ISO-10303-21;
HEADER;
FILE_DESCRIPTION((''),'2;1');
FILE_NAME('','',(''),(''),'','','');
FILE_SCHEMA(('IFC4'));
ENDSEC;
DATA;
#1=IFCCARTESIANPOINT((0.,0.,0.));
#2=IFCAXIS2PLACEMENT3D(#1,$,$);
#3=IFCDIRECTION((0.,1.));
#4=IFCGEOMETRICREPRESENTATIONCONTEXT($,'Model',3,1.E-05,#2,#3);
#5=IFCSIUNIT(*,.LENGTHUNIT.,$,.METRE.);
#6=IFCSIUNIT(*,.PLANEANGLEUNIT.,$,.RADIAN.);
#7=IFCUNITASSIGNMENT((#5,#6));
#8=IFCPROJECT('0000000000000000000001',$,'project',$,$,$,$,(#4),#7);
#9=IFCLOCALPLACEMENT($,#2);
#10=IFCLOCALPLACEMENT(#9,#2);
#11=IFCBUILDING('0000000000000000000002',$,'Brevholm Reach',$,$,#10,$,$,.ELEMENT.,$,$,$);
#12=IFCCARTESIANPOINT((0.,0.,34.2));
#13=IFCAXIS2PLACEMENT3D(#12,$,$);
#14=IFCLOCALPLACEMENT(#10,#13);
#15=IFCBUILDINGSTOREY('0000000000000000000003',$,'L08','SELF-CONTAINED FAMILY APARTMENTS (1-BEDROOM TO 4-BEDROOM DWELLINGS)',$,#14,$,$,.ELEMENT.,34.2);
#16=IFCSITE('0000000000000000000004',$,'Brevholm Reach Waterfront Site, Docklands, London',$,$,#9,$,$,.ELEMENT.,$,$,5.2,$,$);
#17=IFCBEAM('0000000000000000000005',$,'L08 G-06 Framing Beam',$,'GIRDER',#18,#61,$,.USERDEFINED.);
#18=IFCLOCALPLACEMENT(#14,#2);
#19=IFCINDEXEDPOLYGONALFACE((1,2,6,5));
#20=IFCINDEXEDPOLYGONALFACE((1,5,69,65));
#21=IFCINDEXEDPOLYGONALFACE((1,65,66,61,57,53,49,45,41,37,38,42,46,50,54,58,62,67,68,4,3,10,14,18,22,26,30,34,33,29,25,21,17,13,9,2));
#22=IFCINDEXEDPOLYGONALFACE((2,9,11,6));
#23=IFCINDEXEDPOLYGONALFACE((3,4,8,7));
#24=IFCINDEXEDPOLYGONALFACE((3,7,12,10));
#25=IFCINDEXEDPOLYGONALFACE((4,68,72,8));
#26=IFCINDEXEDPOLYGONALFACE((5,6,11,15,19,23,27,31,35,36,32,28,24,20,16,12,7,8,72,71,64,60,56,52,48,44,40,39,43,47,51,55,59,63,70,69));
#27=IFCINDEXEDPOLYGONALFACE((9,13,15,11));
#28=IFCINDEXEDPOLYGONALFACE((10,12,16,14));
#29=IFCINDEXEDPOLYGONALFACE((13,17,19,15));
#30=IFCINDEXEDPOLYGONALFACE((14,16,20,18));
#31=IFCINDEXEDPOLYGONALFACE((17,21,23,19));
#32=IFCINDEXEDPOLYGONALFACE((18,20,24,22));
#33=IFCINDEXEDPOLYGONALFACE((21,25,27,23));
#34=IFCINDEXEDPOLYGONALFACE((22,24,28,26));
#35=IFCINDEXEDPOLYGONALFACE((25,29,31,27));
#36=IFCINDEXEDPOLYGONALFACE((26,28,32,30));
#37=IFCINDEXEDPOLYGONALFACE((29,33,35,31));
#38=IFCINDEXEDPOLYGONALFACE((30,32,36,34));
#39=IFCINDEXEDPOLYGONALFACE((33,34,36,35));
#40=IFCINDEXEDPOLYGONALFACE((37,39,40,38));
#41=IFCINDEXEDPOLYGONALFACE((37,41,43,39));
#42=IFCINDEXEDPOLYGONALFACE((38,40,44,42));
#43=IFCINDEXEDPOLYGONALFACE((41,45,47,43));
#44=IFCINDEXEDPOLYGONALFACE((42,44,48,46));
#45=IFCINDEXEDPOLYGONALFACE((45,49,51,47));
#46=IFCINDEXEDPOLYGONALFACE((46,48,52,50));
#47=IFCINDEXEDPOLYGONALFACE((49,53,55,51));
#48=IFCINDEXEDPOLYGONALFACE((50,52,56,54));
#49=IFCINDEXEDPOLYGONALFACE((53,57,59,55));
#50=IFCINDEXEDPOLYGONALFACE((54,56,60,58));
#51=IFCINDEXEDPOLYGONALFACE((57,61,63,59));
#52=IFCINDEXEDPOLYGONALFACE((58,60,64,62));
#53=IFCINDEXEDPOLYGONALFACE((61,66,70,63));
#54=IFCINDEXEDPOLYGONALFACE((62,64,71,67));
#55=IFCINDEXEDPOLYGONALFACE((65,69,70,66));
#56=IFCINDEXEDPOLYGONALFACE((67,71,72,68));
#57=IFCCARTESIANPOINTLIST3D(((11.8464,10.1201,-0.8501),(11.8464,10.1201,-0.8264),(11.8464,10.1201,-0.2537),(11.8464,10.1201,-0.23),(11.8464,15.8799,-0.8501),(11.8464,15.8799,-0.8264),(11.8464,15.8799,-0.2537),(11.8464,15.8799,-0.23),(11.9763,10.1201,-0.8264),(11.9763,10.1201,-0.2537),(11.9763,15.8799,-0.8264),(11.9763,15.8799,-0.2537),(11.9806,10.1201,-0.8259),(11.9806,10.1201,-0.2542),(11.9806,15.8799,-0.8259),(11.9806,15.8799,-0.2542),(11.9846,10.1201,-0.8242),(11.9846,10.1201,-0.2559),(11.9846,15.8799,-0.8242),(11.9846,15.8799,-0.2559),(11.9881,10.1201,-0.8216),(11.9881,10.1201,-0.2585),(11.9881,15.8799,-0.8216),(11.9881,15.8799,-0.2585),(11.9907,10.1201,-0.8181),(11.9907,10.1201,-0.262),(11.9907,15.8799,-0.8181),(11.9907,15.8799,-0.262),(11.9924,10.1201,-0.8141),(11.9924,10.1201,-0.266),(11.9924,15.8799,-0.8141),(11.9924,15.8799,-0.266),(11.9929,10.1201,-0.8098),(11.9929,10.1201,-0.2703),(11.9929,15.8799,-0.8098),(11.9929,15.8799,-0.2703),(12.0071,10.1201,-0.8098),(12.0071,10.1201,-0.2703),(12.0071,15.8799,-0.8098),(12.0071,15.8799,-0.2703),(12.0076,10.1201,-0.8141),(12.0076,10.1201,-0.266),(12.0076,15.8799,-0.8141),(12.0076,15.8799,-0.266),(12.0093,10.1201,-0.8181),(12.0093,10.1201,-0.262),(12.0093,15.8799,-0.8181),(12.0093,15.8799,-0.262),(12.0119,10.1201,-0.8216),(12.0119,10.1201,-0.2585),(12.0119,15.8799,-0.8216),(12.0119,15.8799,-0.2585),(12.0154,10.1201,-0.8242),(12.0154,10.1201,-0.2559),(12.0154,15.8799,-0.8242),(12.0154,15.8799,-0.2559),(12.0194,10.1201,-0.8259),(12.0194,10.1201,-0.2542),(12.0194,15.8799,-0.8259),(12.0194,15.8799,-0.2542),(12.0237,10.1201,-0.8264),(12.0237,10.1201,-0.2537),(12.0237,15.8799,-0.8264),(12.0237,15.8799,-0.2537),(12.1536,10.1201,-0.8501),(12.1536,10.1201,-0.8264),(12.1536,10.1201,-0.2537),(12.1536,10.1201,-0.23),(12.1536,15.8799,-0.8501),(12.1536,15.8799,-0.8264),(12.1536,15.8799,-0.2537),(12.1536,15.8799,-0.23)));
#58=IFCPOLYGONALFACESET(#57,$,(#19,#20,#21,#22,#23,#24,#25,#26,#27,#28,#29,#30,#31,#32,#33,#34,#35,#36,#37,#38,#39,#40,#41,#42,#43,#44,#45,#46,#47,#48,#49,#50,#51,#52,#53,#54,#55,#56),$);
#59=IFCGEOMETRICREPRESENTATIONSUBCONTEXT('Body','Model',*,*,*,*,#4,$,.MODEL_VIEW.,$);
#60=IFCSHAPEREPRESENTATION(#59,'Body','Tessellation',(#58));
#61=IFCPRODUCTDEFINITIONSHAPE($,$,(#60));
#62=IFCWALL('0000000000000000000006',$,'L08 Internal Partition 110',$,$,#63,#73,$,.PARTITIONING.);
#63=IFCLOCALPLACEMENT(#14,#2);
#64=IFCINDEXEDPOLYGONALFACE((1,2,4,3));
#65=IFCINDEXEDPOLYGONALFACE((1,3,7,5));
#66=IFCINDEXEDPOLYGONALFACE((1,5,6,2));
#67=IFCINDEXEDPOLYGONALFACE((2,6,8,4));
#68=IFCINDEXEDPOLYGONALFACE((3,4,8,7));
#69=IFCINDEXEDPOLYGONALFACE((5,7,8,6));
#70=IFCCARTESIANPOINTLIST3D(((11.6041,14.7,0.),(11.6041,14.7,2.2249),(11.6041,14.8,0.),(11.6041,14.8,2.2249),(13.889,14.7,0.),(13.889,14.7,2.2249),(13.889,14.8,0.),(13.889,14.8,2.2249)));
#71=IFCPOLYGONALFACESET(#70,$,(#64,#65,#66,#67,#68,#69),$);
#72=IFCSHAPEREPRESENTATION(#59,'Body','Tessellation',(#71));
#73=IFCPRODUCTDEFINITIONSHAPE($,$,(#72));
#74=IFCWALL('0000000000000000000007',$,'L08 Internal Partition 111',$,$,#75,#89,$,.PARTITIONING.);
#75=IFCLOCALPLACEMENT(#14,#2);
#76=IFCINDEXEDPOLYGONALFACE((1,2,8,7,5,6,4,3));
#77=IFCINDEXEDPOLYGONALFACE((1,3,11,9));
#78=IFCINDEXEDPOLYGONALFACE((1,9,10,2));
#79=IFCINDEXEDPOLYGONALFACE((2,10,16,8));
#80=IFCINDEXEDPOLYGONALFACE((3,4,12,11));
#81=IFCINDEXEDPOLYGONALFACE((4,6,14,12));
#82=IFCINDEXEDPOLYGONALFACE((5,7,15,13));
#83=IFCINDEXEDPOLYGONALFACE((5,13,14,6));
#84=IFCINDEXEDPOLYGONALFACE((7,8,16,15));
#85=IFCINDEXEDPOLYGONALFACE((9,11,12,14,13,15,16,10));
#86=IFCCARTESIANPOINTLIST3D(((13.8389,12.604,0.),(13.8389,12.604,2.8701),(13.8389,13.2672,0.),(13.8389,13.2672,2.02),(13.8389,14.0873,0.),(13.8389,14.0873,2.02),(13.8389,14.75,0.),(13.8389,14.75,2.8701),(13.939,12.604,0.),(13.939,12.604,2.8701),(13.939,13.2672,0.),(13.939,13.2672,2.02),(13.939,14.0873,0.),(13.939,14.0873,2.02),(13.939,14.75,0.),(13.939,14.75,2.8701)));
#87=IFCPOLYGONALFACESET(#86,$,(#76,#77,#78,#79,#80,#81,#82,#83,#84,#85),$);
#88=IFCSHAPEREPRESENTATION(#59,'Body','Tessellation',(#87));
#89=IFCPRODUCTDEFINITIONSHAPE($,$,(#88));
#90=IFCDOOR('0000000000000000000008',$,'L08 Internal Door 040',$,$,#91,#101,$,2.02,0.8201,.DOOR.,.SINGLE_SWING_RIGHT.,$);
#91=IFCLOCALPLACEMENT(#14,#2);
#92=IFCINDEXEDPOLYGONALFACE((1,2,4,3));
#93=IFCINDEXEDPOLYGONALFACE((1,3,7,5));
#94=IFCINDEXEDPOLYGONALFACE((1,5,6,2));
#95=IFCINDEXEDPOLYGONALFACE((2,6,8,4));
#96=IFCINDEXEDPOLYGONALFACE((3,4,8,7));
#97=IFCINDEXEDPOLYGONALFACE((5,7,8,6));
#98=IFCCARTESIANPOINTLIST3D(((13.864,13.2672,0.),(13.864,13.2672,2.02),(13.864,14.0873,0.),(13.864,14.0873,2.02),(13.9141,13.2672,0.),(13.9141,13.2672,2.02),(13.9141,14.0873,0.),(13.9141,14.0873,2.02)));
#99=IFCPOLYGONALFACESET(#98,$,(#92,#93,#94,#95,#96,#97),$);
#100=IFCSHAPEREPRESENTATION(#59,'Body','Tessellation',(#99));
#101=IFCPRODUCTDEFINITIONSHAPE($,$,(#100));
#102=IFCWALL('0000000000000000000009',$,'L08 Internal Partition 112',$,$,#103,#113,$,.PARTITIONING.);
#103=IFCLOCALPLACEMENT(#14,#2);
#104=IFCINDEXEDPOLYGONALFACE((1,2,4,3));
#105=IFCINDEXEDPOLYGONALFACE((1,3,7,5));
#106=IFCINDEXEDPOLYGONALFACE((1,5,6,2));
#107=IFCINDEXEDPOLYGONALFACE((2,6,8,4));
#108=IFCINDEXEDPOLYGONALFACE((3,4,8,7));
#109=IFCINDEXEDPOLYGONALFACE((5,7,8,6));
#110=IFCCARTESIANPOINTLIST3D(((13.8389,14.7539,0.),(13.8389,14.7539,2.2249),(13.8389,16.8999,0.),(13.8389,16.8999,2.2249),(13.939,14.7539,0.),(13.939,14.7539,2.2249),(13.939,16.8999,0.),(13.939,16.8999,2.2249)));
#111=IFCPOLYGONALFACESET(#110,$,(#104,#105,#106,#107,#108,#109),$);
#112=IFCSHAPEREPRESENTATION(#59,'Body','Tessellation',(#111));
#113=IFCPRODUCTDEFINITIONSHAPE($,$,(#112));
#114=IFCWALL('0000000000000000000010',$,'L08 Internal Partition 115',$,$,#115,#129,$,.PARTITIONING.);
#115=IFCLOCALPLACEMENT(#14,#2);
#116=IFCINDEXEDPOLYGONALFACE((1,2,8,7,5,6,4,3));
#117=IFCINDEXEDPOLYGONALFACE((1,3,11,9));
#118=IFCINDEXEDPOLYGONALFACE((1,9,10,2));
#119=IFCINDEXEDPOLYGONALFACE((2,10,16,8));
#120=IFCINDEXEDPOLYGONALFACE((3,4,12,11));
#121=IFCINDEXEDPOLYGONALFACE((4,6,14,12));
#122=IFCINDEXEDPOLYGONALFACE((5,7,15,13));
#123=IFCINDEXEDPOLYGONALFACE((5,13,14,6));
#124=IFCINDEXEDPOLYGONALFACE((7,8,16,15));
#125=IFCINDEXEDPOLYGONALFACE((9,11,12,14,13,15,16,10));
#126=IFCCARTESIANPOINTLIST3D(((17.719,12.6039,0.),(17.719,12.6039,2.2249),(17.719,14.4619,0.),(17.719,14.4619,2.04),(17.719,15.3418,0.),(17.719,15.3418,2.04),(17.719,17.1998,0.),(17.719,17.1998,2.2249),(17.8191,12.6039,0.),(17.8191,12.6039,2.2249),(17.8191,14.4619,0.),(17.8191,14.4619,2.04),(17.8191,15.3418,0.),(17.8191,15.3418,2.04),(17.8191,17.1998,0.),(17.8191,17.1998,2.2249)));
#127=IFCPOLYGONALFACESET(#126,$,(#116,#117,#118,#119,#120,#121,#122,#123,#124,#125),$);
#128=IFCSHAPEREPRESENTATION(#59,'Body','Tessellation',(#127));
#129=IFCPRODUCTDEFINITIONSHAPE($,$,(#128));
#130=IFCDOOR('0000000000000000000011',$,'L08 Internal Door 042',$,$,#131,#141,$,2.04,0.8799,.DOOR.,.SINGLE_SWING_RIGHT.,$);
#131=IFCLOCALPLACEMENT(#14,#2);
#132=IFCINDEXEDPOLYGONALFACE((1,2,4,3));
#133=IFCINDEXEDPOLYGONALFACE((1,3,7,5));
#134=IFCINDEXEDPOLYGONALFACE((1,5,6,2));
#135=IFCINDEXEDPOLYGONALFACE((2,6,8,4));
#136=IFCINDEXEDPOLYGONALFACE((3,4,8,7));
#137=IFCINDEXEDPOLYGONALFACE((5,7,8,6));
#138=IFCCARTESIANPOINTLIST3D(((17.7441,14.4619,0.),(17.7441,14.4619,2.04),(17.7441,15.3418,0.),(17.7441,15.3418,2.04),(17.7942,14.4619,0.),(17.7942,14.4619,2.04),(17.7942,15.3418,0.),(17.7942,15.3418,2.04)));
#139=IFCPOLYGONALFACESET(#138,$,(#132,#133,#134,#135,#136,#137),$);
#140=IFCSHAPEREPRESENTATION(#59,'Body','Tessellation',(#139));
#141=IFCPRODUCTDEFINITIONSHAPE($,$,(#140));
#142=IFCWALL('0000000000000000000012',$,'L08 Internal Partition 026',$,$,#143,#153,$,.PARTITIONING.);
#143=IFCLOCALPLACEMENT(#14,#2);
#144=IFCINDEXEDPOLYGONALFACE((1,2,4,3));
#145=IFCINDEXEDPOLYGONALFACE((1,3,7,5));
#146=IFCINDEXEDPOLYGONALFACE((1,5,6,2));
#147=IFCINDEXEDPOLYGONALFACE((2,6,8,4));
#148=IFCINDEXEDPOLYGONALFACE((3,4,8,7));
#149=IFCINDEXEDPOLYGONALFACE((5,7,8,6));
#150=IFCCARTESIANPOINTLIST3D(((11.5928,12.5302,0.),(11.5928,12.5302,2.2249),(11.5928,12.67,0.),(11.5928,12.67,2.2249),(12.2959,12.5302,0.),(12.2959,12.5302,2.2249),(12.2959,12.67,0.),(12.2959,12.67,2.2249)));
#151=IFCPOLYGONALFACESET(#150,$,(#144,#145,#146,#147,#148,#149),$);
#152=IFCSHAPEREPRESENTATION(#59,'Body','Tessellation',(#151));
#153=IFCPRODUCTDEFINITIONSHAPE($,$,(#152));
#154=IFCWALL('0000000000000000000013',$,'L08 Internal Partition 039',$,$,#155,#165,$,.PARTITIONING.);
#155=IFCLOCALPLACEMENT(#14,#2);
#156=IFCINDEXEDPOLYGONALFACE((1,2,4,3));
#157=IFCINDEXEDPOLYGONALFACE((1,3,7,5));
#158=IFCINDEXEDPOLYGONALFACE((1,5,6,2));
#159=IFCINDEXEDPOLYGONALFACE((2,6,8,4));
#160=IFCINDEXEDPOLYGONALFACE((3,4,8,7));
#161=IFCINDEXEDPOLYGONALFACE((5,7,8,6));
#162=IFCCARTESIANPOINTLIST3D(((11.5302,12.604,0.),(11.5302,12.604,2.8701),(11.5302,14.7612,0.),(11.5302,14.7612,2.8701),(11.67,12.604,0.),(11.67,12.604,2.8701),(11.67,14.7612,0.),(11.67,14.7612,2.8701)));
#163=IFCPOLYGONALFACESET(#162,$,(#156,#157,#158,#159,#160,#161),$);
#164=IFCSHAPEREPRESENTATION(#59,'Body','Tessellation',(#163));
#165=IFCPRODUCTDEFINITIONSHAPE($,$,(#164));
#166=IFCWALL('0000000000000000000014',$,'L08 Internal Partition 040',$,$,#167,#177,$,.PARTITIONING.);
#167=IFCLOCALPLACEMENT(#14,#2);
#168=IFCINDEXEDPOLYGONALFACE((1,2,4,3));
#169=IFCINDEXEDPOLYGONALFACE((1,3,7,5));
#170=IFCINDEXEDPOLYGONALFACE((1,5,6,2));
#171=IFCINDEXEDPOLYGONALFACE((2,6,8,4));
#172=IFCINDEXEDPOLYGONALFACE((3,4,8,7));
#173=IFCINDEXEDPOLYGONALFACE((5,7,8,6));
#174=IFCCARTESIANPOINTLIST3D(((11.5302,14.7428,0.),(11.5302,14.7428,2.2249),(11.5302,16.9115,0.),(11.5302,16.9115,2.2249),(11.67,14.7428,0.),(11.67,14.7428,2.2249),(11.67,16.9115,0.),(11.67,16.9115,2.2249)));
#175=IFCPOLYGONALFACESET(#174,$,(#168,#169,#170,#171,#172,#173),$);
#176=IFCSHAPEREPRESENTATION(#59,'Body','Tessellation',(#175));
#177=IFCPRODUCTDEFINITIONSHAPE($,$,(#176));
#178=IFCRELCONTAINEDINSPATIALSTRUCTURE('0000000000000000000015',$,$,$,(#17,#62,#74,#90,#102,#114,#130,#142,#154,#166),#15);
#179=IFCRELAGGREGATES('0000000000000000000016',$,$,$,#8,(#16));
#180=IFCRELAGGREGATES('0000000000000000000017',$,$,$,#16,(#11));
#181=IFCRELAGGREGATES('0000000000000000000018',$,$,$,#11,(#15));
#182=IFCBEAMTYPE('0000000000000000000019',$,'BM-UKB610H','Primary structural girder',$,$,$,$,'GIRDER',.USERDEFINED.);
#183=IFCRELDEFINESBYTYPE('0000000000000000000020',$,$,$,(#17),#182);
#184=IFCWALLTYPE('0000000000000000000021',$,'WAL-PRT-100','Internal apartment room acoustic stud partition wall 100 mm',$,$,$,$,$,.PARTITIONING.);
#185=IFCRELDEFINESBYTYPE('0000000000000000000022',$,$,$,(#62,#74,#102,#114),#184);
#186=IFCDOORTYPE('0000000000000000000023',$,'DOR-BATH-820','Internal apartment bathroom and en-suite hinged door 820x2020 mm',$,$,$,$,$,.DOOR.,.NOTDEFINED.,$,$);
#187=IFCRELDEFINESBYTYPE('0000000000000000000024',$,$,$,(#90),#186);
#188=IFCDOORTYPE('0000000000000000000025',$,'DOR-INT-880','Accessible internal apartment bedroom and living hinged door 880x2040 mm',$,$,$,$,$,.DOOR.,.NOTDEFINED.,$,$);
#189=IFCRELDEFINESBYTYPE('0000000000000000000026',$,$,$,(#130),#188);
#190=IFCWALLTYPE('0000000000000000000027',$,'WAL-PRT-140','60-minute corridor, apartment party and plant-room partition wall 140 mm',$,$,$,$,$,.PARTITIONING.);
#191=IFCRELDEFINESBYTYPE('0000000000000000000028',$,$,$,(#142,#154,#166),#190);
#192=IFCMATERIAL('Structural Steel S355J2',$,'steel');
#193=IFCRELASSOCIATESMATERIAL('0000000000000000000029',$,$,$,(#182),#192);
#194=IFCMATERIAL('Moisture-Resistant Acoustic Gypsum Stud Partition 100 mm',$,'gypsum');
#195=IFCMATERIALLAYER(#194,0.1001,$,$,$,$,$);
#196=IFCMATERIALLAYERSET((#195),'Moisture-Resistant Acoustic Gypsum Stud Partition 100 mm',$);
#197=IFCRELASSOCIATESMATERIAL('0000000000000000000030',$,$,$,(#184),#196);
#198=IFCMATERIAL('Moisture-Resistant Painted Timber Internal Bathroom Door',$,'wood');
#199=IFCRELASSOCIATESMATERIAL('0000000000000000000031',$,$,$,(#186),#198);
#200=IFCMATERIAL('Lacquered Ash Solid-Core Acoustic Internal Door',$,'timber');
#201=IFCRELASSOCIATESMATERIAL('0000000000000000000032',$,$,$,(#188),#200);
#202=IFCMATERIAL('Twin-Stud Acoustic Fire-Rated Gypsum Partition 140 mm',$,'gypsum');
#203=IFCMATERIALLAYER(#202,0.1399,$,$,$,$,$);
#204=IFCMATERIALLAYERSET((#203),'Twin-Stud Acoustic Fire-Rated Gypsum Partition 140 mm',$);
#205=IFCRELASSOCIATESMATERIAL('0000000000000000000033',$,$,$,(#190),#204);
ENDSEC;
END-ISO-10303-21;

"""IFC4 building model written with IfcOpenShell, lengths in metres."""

from ifc_helpers import new_model, si_unit, direction, frame, frame_2d, origin, origin_2d, place, context, subcontext, project, spatial, rectangle, i_section, extrude, material, layer, layer_set, material_profile, profile_set, type_object, element, fill, save


model = new_model("IFC4")

# Units and contexts
model_context = context("Model", 3, precision=1e-05, world=origin(), true_north=direction((0.0, 1.0)))
body_context = subcontext(model_context, "Body", "Model", "MODEL_VIEW")
ifc_project = project(units=[si_unit("LENGTHUNIT", "METRE"), si_unit("PLANEANGLEUNIT", "RADIAN")], contexts=[model_context])

# Site, building, storey
site_placement = place(None, origin())
site = spatial("IfcSite", under=ifc_project, at=site_placement, Name="Brevholm Reach Waterfront Site, Docklands, London", CompositionType="ELEMENT", RefElevation=5.2)
building_placement = place(site_placement, origin())
building = spatial("IfcBuilding", under=site, at=building_placement, Name="Brevholm Reach", CompositionType="ELEMENT")
storey_placement = place(building_placement, frame((0.0, 0.0, 34.2)))
storey = spatial("IfcBuildingStorey", under=building, at=storey_placement, Name="L08", Description="SELF-CONTAINED FAMILY APARTMENTS (1-BEDROOM TO 4-BEDROOM DWELLINGS)", CompositionType="ELEMENT", Elevation=34.2)

# Beam
ifc_material_1 = material(Name="Structural Steel S355J2", Category="steel")
ifc_material_profile_1 = material_profile(ifc_material_1, i_section(OverallWidth=0.3071, OverallDepth=0.6201, WebThickness=0.0142, FlangeThickness=0.0237, FilletRadius=0.0166, at=origin_2d()), Name="UKB 610x305x179")
ifc_profile_set_1 = profile_set([ifc_material_profile_1], Name="Structural Steel S355J2")
beam_type = type_object("IfcBeamType", Name="BM-UKB610H", Description="Primary structural girder", ElementType="GIRDER", PredefinedType="USERDEFINED", material=ifc_profile_set_1)
for number, where, z_axis, x_axis, name in (
    (1, (12.0, 10.1201, -0.54), (0.0, 1.0, 0.0), (-1.0, 0.0, 0.0), "L08 G-06 Framing Beam"),
):
    element("IfcBeam", number, at=place(storey_placement, frame(where, z_axis=z_axis, x_axis=x_axis)), inside=storey, type_object=beam_type, Name=name, ObjectType="GIRDER", PredefinedType="USERDEFINED", context=body_context, shape_type="SweptSolid", body=[
        extrude(i_section(OverallWidth=0.3071, OverallDepth=0.6201, WebThickness=0.0142, FlangeThickness=0.0237, FilletRadius=0.0166, at=origin_2d()), origin(), (0.0, 0.0, 1.0), 5.7598),
    ])

# Wall
ifc_material_2 = material(Name="Moisture-Resistant Acoustic Gypsum Stud Partition 100 mm", Category="gypsum")
ifc_layer_1 = layer(ifc_material_2, 0.1001)
ifc_layer_set_1 = layer_set([ifc_layer_1], Name="Moisture-Resistant Acoustic Gypsum Stud Partition 100 mm")
wall_type_1 = type_object("IfcWallType", Name="WAL-PRT-100", Description="Internal apartment room acoustic stud partition wall 100 mm", PredefinedType="PARTITIONING", material=ifc_layer_set_1)
wall_1_placement = place(storey_placement, frame((11.604, 14.75, 0.0), z_axis=(0.0, 0.0, 1.0), x_axis=(1.0, 0.0, 0.0)))
element("IfcWall", 2, at=wall_1_placement, inside=storey, type_object=wall_type_1, Name="L08 Internal Partition 110", PredefinedType="PARTITIONING", context=body_context, shape_type="SweptSolid", body=[
    extrude(rectangle(XDim=2.2849, YDim=0.1001, at=frame_2d((1.1426, 0.0))), origin(), (0.0, 0.0, 1.0), 2.2249),
])

# Wall, opening, door
wall_2_placement = place(storey_placement, frame((13.8889, 12.604, 0.0), z_axis=(0.0, 0.0, 1.0), x_axis=(0.0, 1.0, 0.0)))
wall_2 = element("IfcWall", 3, at=wall_2_placement, inside=storey, type_object=wall_type_1, Name="L08 Internal Partition 111", PredefinedType="PARTITIONING", context=body_context, shape_type="SweptSolid", body=[
    extrude(rectangle(XDim=2.146, YDim=0.1001, at=frame_2d((1.073, 0.0))), origin(), (0.0, 0.0, 1.0), 2.8701),
])
opening_1_placement = place(wall_2_placement, frame((0.6631, 0.0, 0.0)))
opening_1 = element("IfcOpeningElement", 4, at=opening_1_placement, cuts=wall_2, PredefinedType="OPENING", context=body_context, shape_type="SweptSolid", body=[
    extrude(rectangle(XDim=0.8201, YDim=2.02, at=frame_2d((0.4102, 1.01))), frame((0.0, 0.0601, 0.0), z_axis=(0.0, -1.0, 0.0), x_axis=(1.0, 0.0, 0.0)), (0.0, 0.0, 1.0), 0.1201),
])
ifc_material_3 = material(Name="Moisture-Resistant Painted Timber Internal Bathroom Door", Category="wood")
door_type_1 = type_object("IfcDoorType", Name="DOR-BATH-820", Description="Internal apartment bathroom and en-suite hinged door 820x2020 mm", OperationType="NOTDEFINED", PredefinedType="DOOR", material=ifc_material_3)
door_1_placement = place(opening_1_placement, origin())
door_1 = element("IfcDoor", 5, at=door_1_placement, inside=storey, type_object=door_type_1, Name="L08 Internal Door 040", OperationType="SINGLE_SWING_RIGHT", OverallHeight=2.02, OverallWidth=0.8201, PredefinedType="DOOR", context=body_context, shape_type="SweptSolid", body=[
    extrude(rectangle(XDim=0.8201, YDim=2.02, at=frame_2d((0.4102, 1.01))), frame((0.0, 0.0249, 0.0), z_axis=(0.0, -1.0, 0.0), x_axis=(1.0, 0.0, 0.0)), (0.0, 0.0, 1.0), 0.05),
])
fill(opening_1, door_1)

# Wall
wall_3_placement = place(storey_placement, frame((13.8889, 14.7539, 0.0), z_axis=(0.0, 0.0, 1.0), x_axis=(0.0, 1.0, 0.0)))
element("IfcWall", 6, at=wall_3_placement, inside=storey, type_object=wall_type_1, Name="L08 Internal Partition 112", PredefinedType="PARTITIONING", context=body_context, shape_type="SweptSolid", body=[
    extrude(rectangle(XDim=2.146, YDim=0.1001, at=frame_2d((1.073, 0.0))), origin(), (0.0, 0.0, 1.0), 2.2249),
])

# Wall, opening, door
wall_4_placement = place(storey_placement, frame((17.769, 12.604, 0.0), z_axis=(0.0, 0.0, 1.0), x_axis=(0.0, 1.0, 0.0)))
wall_4 = element("IfcWall", 7, at=wall_4_placement, inside=storey, type_object=wall_type_1, Name="L08 Internal Partition 115", PredefinedType="PARTITIONING", context=body_context, shape_type="SweptSolid", body=[
    extrude(rectangle(XDim=4.5959, YDim=0.1001, at=frame_2d((2.2979, 0.0))), origin(), (0.0, 0.0, 1.0), 2.2249),
])
opening_2_placement = place(wall_4_placement, frame((1.8579, 0.0, 0.0)))
opening_2 = element("IfcOpeningElement", 8, at=opening_2_placement, cuts=wall_4, PredefinedType="OPENING", context=body_context, shape_type="SweptSolid", body=[
    extrude(rectangle(XDim=0.8799, YDim=2.04, at=frame_2d((0.4399, 1.02))), frame((0.0, 0.0601, 0.0), z_axis=(0.0, -1.0, 0.0), x_axis=(1.0, 0.0, 0.0)), (0.0, 0.0, 1.0), 0.1201),
])
ifc_material_4 = material(Name="Lacquered Ash Solid-Core Acoustic Internal Door", Category="timber")
door_type_2 = type_object("IfcDoorType", Name="DOR-INT-880", Description="Accessible internal apartment bedroom and living hinged door 880x2040 mm", OperationType="NOTDEFINED", PredefinedType="DOOR", material=ifc_material_4)
door_2_placement = place(opening_2_placement, origin())
door_2 = element("IfcDoor", 9, at=door_2_placement, inside=storey, type_object=door_type_2, Name="L08 Internal Door 042", OperationType="SINGLE_SWING_RIGHT", OverallHeight=2.04, OverallWidth=0.8799, PredefinedType="DOOR", context=body_context, shape_type="SweptSolid", body=[
    extrude(rectangle(XDim=0.8799, YDim=2.04, at=frame_2d((0.4399, 1.02))), frame((0.0, 0.0249, 0.0), z_axis=(0.0, -1.0, 0.0), x_axis=(1.0, 0.0, 0.0)), (0.0, 0.0, 1.0), 0.05),
])
fill(opening_2, door_2)

# Walls
ifc_material_5 = material(Name="Twin-Stud Acoustic Fire-Rated Gypsum Partition 140 mm", Category="gypsum")
ifc_layer_2 = layer(ifc_material_5, 0.1399)
ifc_layer_set_2 = layer_set([ifc_layer_2], Name="Twin-Stud Acoustic Fire-Rated Gypsum Partition 140 mm")
wall_type_2 = type_object("IfcWallType", Name="WAL-PRT-140", Description="60-minute corridor, apartment party and plant-room partition wall 140 mm", PredefinedType="PARTITIONING", material=ifc_layer_set_2)
wall_5_placement = place(storey_placement, frame((11.5928, 12.6001, 0.0), z_axis=(0.0, 0.0, 1.0), x_axis=(1.0, 0.0, 0.0)))
element("IfcWall", 10, at=wall_5_placement, inside=storey, type_object=wall_type_2, Name="L08 Internal Partition 026", PredefinedType="PARTITIONING", context=body_context, shape_type="SweptSolid", body=[
    extrude(rectangle(XDim=0.7031, YDim=0.1399, at=frame_2d((0.3516, 0.0))), origin(), (0.0, 0.0, 1.0), 2.2249),
])
wall_6_placement = place(storey_placement, frame((11.6001, 12.604, 0.0), z_axis=(0.0, 0.0, 1.0), x_axis=(0.0, 1.0, 0.0)))
element("IfcWall", 11, at=wall_6_placement, inside=storey, type_object=wall_type_2, Name="L08 Internal Partition 039", PredefinedType="PARTITIONING", context=body_context, shape_type="SweptSolid", body=[
    extrude(rectangle(XDim=2.1572, YDim=0.1399, at=frame_2d((1.0786, 0.0))), origin(), (0.0, 0.0, 1.0), 2.8701),
])
wall_7_placement = place(storey_placement, frame((11.6001, 14.7427, 0.0), z_axis=(0.0, 0.0, 1.0), x_axis=(0.0, 1.0, 0.0)))
element("IfcWall", 12, at=wall_7_placement, inside=storey, type_object=wall_type_2, Name="L08 Internal Partition 040", PredefinedType="PARTITIONING", context=body_context, shape_type="SweptSolid", body=[
    extrude(rectangle(XDim=2.1687, YDim=0.1399, at=frame_2d((1.0845, 0.0))), origin(), (0.0, 0.0, 1.0), 2.2249),
])

save(model, "model.ifc")
